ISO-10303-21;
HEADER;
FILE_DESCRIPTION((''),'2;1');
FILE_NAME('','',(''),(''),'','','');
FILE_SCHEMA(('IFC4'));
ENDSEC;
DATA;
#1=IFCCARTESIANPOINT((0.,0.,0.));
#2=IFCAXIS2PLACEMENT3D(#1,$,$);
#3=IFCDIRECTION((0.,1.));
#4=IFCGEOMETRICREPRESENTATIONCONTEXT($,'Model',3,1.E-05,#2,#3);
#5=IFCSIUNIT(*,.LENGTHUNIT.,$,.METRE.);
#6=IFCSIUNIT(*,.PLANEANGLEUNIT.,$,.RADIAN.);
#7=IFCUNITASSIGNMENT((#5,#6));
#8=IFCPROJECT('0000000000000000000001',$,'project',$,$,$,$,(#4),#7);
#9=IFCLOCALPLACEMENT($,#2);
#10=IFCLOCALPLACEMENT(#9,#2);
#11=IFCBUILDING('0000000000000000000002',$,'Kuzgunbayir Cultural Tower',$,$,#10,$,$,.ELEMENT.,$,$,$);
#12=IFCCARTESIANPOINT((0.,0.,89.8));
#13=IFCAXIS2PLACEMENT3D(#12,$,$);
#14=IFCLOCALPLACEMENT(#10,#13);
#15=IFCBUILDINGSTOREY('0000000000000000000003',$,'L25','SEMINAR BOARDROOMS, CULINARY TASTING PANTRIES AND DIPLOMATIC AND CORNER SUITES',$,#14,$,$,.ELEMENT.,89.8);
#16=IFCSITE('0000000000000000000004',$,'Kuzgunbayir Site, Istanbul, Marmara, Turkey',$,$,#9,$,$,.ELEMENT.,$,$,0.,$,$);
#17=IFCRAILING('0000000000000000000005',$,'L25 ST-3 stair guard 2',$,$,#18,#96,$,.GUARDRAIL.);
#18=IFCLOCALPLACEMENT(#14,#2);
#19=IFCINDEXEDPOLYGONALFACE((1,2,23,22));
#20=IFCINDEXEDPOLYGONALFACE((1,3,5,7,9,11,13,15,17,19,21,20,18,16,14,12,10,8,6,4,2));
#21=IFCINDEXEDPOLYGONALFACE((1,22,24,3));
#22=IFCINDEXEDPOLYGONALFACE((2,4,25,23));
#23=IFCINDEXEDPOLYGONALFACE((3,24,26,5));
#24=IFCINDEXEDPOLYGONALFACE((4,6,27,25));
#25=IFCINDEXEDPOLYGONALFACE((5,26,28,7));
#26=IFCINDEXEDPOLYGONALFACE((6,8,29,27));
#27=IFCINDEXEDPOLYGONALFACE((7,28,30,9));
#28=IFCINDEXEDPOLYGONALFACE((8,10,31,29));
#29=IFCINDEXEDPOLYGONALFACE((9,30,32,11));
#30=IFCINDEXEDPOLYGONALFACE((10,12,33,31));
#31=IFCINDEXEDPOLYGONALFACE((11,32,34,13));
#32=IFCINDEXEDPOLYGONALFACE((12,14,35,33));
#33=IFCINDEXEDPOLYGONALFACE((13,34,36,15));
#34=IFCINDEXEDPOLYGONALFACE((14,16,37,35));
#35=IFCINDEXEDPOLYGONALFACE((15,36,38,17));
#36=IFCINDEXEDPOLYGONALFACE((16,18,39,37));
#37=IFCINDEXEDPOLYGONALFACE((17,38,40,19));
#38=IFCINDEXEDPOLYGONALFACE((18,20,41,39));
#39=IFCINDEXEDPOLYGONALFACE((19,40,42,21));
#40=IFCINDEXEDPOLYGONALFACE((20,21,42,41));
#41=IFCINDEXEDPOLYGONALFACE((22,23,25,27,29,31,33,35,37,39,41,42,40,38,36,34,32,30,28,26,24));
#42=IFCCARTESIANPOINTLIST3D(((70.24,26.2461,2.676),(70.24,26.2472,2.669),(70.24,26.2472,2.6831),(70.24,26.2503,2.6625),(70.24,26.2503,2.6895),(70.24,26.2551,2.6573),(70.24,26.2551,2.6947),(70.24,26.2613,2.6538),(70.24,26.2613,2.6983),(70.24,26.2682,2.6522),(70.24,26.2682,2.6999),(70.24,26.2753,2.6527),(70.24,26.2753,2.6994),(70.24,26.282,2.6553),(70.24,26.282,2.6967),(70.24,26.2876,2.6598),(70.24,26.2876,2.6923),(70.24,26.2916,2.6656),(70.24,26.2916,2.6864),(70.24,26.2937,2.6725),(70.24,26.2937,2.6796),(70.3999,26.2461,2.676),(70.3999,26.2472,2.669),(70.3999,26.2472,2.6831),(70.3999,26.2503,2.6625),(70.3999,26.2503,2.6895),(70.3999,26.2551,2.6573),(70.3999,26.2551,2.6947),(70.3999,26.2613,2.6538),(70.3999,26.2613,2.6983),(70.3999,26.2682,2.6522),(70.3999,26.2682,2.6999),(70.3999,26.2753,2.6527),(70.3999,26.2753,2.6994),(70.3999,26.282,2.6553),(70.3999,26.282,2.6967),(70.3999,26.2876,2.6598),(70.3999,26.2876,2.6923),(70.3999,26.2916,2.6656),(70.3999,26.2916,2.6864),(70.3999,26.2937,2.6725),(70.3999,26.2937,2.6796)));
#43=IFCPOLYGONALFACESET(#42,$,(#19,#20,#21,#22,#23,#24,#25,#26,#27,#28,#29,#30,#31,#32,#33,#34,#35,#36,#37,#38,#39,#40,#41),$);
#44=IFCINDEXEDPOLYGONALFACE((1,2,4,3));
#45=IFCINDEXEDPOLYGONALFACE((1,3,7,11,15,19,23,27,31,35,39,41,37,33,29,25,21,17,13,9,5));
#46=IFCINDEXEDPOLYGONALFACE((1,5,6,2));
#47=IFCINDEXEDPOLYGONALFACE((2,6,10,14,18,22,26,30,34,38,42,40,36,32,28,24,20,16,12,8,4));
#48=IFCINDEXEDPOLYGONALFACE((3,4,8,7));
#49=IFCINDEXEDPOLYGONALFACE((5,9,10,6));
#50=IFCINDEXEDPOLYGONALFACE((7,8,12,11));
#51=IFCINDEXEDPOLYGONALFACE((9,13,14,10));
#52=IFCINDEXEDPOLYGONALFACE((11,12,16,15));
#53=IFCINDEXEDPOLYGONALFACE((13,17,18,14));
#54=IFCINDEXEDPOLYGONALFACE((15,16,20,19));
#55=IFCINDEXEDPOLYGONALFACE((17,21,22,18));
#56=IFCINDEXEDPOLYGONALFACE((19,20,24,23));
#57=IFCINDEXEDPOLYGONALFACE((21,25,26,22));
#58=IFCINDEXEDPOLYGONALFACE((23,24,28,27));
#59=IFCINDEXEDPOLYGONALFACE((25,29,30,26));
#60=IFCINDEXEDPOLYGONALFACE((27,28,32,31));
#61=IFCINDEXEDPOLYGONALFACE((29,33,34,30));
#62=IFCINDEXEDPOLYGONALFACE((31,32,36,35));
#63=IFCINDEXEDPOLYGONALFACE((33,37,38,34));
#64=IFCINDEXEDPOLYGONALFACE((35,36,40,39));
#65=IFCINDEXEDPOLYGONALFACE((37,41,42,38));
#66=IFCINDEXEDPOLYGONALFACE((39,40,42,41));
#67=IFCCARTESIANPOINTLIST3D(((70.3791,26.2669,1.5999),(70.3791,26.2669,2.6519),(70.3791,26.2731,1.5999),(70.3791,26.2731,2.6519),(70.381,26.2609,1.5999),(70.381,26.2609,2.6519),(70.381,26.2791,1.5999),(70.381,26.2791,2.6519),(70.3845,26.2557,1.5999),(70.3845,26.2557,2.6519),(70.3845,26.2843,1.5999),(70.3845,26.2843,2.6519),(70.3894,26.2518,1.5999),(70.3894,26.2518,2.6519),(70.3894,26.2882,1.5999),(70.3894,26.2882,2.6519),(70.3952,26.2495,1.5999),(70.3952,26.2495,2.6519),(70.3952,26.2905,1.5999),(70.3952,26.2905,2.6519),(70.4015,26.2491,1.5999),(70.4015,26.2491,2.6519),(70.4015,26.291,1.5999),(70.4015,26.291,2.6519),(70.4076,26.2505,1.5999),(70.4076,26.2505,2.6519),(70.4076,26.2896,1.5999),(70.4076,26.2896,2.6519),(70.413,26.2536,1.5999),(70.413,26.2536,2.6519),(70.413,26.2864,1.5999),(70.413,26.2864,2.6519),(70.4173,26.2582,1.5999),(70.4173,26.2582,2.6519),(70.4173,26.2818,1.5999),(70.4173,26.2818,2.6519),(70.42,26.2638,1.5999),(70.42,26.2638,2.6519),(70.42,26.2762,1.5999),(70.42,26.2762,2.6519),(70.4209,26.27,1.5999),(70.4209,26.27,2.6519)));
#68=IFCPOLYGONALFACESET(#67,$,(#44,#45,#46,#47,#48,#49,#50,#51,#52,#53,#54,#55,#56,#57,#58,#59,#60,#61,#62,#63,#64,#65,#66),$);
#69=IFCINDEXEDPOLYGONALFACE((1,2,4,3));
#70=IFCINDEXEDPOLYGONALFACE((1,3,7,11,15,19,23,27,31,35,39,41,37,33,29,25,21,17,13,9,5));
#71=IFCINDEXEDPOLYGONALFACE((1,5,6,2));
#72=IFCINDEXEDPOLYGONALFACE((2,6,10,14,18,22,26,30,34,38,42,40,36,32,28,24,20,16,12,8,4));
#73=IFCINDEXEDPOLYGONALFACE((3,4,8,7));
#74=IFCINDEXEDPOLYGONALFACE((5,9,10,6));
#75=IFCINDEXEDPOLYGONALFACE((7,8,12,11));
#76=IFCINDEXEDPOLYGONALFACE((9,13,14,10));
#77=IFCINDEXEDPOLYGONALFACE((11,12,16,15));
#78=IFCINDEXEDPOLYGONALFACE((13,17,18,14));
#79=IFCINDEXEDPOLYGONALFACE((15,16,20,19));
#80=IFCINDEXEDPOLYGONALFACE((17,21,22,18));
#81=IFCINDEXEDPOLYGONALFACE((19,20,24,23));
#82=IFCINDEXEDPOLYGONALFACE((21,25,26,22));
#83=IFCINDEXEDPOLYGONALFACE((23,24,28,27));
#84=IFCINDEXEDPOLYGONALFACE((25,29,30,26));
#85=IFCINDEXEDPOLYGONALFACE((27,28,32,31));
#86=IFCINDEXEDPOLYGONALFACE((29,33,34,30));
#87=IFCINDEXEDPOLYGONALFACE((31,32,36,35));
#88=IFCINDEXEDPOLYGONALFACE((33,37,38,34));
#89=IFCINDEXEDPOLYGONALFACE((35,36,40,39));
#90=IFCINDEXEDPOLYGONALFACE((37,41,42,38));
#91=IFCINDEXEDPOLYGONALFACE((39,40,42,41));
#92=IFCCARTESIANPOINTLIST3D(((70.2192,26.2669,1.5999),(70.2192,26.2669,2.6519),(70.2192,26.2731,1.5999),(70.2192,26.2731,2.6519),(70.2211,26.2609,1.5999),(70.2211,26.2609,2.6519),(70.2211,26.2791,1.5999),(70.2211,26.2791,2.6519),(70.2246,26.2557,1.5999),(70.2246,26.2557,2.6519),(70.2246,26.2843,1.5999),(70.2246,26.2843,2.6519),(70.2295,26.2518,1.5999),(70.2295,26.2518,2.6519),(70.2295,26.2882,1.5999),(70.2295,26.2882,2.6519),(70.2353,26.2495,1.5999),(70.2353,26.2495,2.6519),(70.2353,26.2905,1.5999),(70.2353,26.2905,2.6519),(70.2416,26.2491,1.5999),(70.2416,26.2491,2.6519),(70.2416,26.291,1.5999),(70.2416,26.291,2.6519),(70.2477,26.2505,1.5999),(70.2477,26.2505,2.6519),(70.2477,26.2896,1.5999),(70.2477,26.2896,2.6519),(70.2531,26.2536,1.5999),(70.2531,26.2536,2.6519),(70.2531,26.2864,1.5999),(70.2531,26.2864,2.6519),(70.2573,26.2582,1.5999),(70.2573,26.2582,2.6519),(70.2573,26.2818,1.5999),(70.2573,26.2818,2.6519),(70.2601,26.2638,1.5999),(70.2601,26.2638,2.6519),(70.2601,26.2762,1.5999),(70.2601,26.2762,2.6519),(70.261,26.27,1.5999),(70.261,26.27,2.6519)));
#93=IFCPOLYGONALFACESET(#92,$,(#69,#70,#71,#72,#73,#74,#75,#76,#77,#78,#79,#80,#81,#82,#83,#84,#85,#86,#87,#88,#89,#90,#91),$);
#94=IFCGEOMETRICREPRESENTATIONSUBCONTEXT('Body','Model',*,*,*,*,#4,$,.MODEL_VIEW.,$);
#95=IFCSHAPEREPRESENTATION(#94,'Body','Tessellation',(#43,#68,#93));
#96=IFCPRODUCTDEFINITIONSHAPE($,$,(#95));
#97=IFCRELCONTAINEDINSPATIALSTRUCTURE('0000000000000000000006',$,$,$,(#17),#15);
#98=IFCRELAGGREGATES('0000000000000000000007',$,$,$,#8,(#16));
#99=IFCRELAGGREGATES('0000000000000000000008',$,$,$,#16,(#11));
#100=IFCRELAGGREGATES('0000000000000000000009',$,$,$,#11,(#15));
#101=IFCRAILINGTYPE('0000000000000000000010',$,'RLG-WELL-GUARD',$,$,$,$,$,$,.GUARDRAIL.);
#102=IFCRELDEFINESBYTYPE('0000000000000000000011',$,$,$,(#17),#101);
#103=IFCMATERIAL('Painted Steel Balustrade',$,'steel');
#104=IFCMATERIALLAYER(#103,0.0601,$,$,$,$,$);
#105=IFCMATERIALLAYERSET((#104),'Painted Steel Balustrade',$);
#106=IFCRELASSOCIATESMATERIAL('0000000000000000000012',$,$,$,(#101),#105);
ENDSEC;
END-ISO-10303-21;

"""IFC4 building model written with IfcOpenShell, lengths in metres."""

from ifc_helpers import new_model, si_unit, direction, frame, origin, origin_2d, place, context, subcontext, project, spatial, circle, extrude, material, layer, layer_set, type_object, element, save


model = new_model("IFC4")

# Units and contexts
model_context = context("Model", 3, precision=1e-05, world=origin(), true_north=direction((0.0, 1.0)))
body_context = subcontext(model_context, "Body", "Model", "MODEL_VIEW")
ifc_project = project(units=[si_unit("LENGTHUNIT", "METRE"), si_unit("PLANEANGLEUNIT", "RADIAN")], contexts=[model_context])

# Site, building, storey
site_placement = place(None, origin())
site = spatial("IfcSite", under=ifc_project, at=site_placement, Name="Kuzgunbayir Site, Istanbul, Marmara, Turkey", CompositionType="ELEMENT", RefElevation=0.0)
building_placement = place(site_placement, origin())
building = spatial("IfcBuilding", under=site, at=building_placement, Name="Kuzgunbayir Cultural Tower", CompositionType="ELEMENT")
storey_placement = place(building_placement, frame((0.0, 0.0, 89.8)))
storey = spatial("IfcBuildingStorey", under=building, at=storey_placement, Name="L25", Description="SEMINAR BOARDROOMS, CULINARY TASTING PANTRIES AND DIPLOMATIC AND CORNER SUITES", CompositionType="ELEMENT", Elevation=89.8)

# Railing
ifc_material_1 = material(Name="Painted Steel Balustrade", Category="steel")
ifc_layer_1 = layer(ifc_material_1, 0.0601)
ifc_layer_set_1 = layer_set([ifc_layer_1], Name="Painted Steel Balustrade")
railing_type_1 = type_object("IfcRailingType", Name="RLG-WELL-GUARD", PredefinedType="GUARDRAIL", material=ifc_layer_set_1)
railing_1_placement = place(storey_placement, frame((70.3999, 26.27, 1.5999)))
element("IfcRailing", 1, at=railing_1_placement, inside=storey, type_object=railing_type_1, Name="L25 ST-3 stair guard 2", PredefinedType="GUARDRAIL", context=body_context, shape_type="SweptSolid", body=[
    extrude(circle(Radius=0.0239, at=origin_2d()), frame((0.0, 0.0, 1.0762), z_axis=(-1.0, 0.0, 0.0), x_axis=(0.0, -1.0, 0.0)), (0.0, 0.0, 1.0), 0.1599),
    extrude(circle(Radius=0.021, at=origin_2d()), origin(), (0.0, 0.0, 1.0), 1.052),
    extrude(circle(Radius=0.021, at=origin_2d()), frame((-0.1599, 0.0, 0.0)), (0.0, 0.0, 1.0), 1.052),
])

save(model, "model.ifc")
